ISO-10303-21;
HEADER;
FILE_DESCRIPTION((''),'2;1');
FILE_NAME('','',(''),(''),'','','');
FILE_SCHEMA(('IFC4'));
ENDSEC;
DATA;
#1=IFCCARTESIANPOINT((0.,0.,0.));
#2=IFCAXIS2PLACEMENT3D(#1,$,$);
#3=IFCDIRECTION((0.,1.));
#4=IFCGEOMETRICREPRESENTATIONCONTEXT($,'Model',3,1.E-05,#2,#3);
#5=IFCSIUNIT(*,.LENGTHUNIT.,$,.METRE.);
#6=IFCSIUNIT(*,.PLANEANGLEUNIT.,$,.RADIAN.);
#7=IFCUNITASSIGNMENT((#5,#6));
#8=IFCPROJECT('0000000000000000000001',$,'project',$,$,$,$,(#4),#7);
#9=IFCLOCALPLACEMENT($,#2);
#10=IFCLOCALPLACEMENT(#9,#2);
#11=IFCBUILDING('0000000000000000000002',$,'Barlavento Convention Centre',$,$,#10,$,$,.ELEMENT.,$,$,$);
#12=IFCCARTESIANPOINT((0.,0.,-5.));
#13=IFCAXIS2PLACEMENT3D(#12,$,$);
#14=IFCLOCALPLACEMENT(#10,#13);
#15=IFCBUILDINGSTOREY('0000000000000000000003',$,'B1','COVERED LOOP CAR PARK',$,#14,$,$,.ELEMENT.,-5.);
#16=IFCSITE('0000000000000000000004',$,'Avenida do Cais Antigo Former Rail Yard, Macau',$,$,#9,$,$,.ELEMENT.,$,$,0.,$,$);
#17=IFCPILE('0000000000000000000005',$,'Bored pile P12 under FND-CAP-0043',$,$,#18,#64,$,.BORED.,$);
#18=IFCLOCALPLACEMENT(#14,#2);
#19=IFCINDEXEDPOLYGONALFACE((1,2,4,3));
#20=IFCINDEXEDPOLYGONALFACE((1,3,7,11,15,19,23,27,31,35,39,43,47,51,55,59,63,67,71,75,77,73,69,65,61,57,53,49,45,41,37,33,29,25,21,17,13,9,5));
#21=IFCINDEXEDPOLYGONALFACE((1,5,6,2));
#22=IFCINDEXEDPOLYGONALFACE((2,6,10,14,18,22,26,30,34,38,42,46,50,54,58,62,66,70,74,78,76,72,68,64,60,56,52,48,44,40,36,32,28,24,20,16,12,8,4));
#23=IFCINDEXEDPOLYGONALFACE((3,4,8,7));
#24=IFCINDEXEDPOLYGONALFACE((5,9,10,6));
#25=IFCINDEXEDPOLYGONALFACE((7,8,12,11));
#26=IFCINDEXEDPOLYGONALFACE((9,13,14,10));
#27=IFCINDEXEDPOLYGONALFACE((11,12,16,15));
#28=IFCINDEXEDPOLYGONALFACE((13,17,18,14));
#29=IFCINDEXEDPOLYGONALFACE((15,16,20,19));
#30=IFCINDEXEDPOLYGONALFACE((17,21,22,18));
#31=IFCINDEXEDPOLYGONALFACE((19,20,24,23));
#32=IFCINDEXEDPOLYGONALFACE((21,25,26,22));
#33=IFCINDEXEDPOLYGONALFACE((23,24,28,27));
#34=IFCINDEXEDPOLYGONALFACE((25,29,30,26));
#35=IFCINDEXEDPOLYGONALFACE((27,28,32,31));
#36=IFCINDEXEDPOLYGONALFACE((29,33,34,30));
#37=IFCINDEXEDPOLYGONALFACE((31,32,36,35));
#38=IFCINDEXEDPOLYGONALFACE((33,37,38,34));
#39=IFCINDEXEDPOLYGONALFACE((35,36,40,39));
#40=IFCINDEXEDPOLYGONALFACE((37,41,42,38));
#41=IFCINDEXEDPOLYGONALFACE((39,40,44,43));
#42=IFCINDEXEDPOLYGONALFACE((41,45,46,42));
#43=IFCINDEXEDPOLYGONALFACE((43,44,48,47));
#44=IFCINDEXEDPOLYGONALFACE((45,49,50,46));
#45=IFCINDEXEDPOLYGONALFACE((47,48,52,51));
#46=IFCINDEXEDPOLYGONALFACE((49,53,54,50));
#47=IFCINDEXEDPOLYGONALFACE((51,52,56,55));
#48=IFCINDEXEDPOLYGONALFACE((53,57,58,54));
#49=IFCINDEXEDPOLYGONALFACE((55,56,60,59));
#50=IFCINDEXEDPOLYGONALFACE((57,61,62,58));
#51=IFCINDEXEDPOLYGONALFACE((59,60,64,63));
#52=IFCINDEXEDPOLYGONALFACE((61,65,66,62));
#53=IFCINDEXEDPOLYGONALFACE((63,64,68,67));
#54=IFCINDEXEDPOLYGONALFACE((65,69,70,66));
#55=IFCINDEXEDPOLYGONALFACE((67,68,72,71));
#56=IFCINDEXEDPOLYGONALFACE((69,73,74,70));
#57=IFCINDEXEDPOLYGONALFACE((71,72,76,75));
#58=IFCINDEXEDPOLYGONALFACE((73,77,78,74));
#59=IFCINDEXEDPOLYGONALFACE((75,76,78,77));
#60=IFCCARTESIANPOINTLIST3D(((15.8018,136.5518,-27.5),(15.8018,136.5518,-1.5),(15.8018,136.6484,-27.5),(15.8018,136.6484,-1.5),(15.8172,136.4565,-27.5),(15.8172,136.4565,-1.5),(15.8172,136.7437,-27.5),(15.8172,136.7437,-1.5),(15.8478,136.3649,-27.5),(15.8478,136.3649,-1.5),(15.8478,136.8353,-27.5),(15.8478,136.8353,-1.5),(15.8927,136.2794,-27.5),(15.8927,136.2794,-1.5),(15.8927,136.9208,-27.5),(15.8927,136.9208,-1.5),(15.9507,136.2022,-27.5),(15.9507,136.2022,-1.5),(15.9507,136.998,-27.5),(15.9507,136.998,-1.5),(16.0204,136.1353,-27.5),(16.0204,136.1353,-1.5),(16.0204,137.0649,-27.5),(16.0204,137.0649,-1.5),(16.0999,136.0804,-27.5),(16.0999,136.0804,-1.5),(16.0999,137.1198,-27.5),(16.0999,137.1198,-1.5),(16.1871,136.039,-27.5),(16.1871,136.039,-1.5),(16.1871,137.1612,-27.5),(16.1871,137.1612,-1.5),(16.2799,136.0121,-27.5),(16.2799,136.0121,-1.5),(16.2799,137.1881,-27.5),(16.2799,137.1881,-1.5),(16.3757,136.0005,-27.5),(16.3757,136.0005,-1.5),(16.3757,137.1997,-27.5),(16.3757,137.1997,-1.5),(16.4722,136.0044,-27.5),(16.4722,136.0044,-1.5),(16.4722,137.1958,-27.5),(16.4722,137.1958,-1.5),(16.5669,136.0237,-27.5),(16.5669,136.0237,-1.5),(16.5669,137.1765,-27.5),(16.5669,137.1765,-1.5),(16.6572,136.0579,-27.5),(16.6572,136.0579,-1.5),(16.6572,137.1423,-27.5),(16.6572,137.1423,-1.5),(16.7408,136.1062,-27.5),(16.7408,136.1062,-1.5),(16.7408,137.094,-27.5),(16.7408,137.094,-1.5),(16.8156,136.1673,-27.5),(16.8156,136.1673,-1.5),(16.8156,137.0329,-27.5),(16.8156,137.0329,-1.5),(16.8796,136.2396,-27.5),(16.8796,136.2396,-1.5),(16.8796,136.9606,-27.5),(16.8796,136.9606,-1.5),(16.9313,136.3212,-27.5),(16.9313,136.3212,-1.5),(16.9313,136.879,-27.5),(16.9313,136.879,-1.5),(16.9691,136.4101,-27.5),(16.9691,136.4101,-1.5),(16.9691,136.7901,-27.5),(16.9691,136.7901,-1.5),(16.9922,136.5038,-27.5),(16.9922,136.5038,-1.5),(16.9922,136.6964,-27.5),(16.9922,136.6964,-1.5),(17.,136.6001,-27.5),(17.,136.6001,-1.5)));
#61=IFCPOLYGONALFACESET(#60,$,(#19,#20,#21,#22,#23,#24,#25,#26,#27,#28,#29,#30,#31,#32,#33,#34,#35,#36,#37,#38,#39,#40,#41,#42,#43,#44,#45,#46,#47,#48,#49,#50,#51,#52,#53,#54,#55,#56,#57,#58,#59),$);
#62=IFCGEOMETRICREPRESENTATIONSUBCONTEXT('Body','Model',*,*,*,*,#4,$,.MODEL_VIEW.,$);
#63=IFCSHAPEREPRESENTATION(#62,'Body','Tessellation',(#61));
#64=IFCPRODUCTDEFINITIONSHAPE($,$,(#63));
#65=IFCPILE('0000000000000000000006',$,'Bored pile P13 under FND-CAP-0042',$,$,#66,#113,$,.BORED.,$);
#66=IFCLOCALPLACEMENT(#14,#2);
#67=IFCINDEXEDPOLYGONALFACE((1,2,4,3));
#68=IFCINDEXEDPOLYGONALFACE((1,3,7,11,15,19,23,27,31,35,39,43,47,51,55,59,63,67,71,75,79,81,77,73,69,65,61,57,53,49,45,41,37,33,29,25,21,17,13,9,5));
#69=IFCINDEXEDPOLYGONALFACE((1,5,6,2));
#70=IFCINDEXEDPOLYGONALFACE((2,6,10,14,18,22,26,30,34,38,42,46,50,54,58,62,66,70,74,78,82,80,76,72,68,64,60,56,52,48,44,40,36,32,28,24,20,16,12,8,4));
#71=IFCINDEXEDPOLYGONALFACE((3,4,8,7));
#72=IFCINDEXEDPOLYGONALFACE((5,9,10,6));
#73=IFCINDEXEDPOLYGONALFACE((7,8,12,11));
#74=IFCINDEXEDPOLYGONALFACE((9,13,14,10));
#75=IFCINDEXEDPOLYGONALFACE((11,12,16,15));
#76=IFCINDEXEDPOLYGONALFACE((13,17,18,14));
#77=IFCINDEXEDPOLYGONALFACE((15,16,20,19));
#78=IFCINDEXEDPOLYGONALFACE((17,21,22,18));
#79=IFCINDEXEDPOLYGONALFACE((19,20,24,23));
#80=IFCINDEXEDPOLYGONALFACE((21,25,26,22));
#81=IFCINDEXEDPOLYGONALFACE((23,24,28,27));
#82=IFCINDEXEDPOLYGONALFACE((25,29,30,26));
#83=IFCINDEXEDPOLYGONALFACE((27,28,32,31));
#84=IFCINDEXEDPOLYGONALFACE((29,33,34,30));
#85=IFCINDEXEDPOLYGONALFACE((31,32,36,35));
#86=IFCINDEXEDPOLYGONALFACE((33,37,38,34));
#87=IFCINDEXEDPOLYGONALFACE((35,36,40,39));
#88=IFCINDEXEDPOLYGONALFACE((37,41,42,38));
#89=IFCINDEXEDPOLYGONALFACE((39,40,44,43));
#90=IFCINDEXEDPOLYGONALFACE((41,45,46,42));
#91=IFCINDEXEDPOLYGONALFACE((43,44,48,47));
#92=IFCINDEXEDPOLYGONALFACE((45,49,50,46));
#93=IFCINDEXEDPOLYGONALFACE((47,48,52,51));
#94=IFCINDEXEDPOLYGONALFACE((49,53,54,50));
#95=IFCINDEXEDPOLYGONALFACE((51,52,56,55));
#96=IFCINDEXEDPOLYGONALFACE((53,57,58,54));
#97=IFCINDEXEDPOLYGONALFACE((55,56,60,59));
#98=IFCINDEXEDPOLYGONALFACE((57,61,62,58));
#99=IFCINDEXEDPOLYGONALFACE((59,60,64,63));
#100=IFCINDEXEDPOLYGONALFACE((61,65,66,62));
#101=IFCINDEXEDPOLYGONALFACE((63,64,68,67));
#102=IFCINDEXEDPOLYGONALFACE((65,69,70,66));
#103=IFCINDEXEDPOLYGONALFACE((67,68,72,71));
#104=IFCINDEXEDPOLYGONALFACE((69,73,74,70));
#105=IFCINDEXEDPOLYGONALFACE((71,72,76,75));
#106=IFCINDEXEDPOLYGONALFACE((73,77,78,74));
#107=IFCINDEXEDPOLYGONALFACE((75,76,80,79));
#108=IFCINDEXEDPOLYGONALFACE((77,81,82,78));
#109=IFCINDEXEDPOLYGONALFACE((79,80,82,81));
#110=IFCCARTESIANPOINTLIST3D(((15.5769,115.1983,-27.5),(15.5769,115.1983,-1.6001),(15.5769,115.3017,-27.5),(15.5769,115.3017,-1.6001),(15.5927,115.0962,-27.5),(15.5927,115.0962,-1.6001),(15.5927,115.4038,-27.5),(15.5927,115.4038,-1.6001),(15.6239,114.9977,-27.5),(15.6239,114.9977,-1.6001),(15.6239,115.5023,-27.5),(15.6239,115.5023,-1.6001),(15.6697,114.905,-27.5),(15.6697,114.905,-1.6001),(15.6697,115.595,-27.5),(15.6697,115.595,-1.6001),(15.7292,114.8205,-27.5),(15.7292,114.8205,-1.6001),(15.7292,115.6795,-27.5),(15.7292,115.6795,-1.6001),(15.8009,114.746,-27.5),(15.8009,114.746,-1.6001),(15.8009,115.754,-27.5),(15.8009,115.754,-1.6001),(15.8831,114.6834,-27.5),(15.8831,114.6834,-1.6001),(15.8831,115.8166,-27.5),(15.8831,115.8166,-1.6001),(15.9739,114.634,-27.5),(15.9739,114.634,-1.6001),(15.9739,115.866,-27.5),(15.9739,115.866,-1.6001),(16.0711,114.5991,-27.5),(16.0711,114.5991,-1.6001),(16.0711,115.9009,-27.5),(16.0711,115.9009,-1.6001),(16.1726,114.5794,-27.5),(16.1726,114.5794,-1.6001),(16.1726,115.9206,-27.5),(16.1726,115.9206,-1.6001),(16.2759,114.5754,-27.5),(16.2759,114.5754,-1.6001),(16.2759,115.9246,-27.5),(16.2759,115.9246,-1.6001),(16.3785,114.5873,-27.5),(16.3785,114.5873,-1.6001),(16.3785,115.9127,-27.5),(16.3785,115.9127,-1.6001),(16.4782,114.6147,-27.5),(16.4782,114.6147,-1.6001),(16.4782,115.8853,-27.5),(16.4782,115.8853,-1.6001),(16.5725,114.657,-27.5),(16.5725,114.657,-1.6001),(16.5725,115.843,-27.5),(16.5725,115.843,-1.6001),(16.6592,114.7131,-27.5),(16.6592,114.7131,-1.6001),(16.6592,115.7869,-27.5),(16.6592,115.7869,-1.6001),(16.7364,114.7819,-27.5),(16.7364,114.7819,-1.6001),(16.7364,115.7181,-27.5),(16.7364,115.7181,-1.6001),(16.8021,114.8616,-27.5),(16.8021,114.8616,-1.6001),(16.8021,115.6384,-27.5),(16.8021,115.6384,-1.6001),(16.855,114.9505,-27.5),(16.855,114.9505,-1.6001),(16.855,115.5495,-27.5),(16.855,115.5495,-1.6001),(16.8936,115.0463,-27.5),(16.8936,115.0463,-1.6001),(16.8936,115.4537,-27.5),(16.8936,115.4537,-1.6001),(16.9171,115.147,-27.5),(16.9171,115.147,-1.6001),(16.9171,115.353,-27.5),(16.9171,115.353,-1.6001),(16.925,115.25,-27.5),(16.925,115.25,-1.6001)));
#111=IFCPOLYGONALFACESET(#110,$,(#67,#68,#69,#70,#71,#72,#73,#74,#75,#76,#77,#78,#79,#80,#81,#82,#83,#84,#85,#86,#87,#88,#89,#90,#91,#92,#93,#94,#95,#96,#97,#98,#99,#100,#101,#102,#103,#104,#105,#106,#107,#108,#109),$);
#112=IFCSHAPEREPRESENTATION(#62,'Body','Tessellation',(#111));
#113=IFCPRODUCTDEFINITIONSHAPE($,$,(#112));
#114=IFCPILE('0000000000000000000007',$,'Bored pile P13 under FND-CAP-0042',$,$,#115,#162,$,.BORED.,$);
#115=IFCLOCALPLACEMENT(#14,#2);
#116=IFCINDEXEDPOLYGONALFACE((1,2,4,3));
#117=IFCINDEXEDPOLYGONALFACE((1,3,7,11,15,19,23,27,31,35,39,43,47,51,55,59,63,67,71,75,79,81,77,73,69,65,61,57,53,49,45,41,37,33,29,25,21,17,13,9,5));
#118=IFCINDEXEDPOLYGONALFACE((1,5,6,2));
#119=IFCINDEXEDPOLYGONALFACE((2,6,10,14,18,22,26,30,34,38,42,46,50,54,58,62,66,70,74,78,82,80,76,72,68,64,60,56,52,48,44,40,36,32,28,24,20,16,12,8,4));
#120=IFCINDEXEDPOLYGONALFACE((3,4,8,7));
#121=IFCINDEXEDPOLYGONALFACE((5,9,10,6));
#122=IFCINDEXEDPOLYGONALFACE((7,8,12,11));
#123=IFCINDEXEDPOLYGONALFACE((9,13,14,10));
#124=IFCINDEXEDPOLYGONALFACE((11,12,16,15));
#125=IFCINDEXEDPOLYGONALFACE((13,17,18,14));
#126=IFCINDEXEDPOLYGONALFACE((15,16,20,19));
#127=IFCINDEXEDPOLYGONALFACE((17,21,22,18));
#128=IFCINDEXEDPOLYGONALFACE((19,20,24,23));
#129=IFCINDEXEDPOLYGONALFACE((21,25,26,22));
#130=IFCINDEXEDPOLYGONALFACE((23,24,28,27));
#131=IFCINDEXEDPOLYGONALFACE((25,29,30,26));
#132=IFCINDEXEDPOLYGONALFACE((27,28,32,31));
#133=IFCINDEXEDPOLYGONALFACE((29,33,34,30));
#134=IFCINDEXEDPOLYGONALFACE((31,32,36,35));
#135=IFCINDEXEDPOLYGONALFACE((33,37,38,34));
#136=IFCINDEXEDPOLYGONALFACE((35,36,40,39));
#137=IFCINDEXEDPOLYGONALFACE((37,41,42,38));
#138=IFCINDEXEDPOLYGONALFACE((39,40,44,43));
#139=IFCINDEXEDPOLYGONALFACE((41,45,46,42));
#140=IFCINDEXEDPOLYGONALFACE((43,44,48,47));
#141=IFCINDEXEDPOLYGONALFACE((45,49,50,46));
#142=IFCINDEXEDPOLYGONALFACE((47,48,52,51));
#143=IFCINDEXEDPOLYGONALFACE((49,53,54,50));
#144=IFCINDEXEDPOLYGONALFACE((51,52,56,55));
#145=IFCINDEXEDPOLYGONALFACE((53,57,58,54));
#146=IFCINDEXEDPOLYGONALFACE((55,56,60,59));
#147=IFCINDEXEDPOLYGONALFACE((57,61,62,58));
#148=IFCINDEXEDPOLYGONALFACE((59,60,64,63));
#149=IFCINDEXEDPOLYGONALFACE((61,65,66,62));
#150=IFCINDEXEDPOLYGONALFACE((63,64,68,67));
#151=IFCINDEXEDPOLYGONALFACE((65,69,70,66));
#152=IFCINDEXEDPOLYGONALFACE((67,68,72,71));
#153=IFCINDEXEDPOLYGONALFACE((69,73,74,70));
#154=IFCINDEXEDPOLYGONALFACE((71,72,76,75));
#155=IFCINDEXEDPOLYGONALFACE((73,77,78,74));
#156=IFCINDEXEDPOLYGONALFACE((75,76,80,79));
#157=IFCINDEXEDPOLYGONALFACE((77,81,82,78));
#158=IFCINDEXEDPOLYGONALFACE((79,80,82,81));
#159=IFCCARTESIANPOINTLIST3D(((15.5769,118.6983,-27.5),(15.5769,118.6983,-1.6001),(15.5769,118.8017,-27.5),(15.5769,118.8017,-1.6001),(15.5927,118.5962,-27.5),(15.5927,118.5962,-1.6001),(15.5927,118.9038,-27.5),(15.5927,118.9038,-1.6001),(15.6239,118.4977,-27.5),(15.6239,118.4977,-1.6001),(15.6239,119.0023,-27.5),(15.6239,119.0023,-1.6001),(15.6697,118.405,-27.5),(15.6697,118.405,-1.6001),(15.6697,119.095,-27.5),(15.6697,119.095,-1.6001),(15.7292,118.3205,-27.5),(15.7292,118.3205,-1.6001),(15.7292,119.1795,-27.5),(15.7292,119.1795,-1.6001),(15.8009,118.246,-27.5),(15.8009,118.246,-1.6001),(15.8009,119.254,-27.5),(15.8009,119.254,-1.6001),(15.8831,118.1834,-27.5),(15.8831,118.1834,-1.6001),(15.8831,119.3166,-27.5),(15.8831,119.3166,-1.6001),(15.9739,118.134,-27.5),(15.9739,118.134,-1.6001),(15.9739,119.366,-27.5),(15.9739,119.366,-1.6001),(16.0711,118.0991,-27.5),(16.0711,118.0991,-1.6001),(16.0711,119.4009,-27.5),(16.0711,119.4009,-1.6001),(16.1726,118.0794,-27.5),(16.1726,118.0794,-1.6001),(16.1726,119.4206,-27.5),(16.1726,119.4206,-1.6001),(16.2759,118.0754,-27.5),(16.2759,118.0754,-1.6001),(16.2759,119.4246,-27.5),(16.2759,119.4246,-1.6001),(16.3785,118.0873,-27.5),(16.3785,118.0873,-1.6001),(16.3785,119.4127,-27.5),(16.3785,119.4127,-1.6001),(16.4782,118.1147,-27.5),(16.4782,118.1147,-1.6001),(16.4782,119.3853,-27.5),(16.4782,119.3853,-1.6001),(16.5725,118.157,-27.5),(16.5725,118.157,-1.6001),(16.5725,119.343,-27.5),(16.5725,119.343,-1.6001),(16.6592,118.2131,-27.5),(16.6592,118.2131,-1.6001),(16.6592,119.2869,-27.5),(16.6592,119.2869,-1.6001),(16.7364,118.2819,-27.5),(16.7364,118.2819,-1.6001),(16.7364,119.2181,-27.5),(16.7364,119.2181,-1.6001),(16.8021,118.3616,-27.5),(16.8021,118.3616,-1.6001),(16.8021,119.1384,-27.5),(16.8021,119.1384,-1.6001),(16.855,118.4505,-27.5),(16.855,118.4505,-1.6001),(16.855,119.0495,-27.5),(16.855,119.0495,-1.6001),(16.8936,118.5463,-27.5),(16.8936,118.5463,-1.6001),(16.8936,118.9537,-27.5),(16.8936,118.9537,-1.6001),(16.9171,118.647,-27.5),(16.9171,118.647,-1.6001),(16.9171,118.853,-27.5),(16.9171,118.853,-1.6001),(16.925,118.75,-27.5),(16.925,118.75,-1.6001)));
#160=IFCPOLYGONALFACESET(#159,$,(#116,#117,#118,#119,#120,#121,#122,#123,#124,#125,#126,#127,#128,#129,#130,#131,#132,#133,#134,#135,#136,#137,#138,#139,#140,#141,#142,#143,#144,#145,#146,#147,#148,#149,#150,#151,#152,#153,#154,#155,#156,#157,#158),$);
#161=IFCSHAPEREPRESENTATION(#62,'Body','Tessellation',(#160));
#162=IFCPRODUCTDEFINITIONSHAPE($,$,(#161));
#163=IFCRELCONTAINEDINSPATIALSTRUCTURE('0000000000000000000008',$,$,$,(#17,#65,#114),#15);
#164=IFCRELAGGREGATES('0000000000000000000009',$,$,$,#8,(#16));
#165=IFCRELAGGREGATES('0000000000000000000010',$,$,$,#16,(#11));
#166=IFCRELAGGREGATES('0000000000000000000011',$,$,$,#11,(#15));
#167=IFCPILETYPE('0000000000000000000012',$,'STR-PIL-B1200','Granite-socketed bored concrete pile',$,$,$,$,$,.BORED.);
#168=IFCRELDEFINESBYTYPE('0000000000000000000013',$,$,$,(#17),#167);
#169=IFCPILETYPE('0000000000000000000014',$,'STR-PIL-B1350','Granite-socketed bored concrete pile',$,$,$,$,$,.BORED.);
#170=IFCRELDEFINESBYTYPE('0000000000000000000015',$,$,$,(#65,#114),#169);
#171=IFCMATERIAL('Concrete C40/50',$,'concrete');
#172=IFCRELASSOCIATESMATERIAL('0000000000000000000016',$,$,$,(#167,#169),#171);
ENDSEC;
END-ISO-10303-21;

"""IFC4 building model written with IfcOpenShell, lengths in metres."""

from ifc_helpers import new_model, si_unit, direction, frame, origin, origin_2d, place, context, subcontext, project, spatial, circle, extrude, material, material_profile, profile_set, type_object, element, save


model = new_model("IFC4")

# Units and contexts
model_context = context("Model", 3, precision=1e-05, world=origin(), true_north=direction((0.0, 1.0)))
body_context = subcontext(model_context, "Body", "Model", "MODEL_VIEW")
ifc_project = project(units=[si_unit("LENGTHUNIT", "METRE"), si_unit("PLANEANGLEUNIT", "RADIAN")], contexts=[model_context])

# Site, building, storey
site_placement = place(None, origin())
site = spatial("IfcSite", under=ifc_project, at=site_placement, Name="Avenida do Cais Antigo Former Rail Yard, Macau", CompositionType="ELEMENT", RefElevation=0.0)
building_placement = place(site_placement, origin())
building = spatial("IfcBuilding", under=site, at=building_placement, Name="Barlavento Convention Centre", CompositionType="ELEMENT")
storey_placement = place(building_placement, frame((0.0, 0.0, -5.0)))
storey = spatial("IfcBuildingStorey", under=building, at=storey_placement, Name="B1", Description="COVERED LOOP CAR PARK", CompositionType="ELEMENT", Elevation=-5.0)

# Shared definitions
ifc_material_1 = material(Name="Concrete C40/50", Category="concrete")

# Piles
ifc_material_profile_1 = material_profile(ifc_material_1, circle(Radius=0.6001, at=origin_2d()), Name="BORED PILE 1200")
ifc_profile_set_1 = profile_set([ifc_material_profile_1], Name="Concrete C40/50")
pile_type_1 = type_object("IfcPileType", Name="STR-PIL-B1200", Description="Granite-socketed bored concrete pile", PredefinedType="BORED", material=ifc_profile_set_1)
for number, where, z_axis, x_axis, name in (
    (1, (16.3999, 136.6001, -1.5), (0.0, 0.0, -1.0), (1.0, 0.0, 0.0), "Bored pile P12 under FND-CAP-0043"),
):
    element("IfcPile", number, at=place(storey_placement, frame(where, z_axis=z_axis, x_axis=x_axis)), inside=storey, type_object=pile_type_1, Name=name, PredefinedType="BORED", context=body_context, shape_type="SweptSolid", body=[
        extrude(circle(Radius=0.6001, at=origin_2d()), origin(), (0.0, 0.0, 1.0), 26.0),
    ])
ifc_material_profile_2 = material_profile(ifc_material_1, circle(Radius=0.675, at=origin_2d()), Name="BORED PILE 1350")
ifc_profile_set_2 = profile_set([ifc_material_profile_2], Name="Concrete C40/50")
pile_type_2 = type_object("IfcPileType", Name="STR-PIL-B1350", Description="Granite-socketed bored concrete pile", PredefinedType="BORED", material=ifc_profile_set_2)
for number, where, z_axis, x_axis, name in (
    (2, (16.25, 115.25, -1.6001), (0.0, 0.0, -1.0), (1.0, 0.0, 0.0), "Bored pile P13 under FND-CAP-0042"),
    (3, (16.25, 118.75, -1.6001), (0.0, 0.0, -1.0), (1.0, 0.0, 0.0), "Bored pile P13 under FND-CAP-0042"),
):
    element("IfcPile", number, at=place(storey_placement, frame(where, z_axis=z_axis, x_axis=x_axis)), inside=storey, type_object=pile_type_2, Name=name, PredefinedType="BORED", context=body_context, shape_type="SweptSolid", body=[
        extrude(circle(Radius=0.675, at=origin_2d()), origin(), (0.0, 0.0, 1.0), 25.8999),
    ])

save(model, "model.ifc")
